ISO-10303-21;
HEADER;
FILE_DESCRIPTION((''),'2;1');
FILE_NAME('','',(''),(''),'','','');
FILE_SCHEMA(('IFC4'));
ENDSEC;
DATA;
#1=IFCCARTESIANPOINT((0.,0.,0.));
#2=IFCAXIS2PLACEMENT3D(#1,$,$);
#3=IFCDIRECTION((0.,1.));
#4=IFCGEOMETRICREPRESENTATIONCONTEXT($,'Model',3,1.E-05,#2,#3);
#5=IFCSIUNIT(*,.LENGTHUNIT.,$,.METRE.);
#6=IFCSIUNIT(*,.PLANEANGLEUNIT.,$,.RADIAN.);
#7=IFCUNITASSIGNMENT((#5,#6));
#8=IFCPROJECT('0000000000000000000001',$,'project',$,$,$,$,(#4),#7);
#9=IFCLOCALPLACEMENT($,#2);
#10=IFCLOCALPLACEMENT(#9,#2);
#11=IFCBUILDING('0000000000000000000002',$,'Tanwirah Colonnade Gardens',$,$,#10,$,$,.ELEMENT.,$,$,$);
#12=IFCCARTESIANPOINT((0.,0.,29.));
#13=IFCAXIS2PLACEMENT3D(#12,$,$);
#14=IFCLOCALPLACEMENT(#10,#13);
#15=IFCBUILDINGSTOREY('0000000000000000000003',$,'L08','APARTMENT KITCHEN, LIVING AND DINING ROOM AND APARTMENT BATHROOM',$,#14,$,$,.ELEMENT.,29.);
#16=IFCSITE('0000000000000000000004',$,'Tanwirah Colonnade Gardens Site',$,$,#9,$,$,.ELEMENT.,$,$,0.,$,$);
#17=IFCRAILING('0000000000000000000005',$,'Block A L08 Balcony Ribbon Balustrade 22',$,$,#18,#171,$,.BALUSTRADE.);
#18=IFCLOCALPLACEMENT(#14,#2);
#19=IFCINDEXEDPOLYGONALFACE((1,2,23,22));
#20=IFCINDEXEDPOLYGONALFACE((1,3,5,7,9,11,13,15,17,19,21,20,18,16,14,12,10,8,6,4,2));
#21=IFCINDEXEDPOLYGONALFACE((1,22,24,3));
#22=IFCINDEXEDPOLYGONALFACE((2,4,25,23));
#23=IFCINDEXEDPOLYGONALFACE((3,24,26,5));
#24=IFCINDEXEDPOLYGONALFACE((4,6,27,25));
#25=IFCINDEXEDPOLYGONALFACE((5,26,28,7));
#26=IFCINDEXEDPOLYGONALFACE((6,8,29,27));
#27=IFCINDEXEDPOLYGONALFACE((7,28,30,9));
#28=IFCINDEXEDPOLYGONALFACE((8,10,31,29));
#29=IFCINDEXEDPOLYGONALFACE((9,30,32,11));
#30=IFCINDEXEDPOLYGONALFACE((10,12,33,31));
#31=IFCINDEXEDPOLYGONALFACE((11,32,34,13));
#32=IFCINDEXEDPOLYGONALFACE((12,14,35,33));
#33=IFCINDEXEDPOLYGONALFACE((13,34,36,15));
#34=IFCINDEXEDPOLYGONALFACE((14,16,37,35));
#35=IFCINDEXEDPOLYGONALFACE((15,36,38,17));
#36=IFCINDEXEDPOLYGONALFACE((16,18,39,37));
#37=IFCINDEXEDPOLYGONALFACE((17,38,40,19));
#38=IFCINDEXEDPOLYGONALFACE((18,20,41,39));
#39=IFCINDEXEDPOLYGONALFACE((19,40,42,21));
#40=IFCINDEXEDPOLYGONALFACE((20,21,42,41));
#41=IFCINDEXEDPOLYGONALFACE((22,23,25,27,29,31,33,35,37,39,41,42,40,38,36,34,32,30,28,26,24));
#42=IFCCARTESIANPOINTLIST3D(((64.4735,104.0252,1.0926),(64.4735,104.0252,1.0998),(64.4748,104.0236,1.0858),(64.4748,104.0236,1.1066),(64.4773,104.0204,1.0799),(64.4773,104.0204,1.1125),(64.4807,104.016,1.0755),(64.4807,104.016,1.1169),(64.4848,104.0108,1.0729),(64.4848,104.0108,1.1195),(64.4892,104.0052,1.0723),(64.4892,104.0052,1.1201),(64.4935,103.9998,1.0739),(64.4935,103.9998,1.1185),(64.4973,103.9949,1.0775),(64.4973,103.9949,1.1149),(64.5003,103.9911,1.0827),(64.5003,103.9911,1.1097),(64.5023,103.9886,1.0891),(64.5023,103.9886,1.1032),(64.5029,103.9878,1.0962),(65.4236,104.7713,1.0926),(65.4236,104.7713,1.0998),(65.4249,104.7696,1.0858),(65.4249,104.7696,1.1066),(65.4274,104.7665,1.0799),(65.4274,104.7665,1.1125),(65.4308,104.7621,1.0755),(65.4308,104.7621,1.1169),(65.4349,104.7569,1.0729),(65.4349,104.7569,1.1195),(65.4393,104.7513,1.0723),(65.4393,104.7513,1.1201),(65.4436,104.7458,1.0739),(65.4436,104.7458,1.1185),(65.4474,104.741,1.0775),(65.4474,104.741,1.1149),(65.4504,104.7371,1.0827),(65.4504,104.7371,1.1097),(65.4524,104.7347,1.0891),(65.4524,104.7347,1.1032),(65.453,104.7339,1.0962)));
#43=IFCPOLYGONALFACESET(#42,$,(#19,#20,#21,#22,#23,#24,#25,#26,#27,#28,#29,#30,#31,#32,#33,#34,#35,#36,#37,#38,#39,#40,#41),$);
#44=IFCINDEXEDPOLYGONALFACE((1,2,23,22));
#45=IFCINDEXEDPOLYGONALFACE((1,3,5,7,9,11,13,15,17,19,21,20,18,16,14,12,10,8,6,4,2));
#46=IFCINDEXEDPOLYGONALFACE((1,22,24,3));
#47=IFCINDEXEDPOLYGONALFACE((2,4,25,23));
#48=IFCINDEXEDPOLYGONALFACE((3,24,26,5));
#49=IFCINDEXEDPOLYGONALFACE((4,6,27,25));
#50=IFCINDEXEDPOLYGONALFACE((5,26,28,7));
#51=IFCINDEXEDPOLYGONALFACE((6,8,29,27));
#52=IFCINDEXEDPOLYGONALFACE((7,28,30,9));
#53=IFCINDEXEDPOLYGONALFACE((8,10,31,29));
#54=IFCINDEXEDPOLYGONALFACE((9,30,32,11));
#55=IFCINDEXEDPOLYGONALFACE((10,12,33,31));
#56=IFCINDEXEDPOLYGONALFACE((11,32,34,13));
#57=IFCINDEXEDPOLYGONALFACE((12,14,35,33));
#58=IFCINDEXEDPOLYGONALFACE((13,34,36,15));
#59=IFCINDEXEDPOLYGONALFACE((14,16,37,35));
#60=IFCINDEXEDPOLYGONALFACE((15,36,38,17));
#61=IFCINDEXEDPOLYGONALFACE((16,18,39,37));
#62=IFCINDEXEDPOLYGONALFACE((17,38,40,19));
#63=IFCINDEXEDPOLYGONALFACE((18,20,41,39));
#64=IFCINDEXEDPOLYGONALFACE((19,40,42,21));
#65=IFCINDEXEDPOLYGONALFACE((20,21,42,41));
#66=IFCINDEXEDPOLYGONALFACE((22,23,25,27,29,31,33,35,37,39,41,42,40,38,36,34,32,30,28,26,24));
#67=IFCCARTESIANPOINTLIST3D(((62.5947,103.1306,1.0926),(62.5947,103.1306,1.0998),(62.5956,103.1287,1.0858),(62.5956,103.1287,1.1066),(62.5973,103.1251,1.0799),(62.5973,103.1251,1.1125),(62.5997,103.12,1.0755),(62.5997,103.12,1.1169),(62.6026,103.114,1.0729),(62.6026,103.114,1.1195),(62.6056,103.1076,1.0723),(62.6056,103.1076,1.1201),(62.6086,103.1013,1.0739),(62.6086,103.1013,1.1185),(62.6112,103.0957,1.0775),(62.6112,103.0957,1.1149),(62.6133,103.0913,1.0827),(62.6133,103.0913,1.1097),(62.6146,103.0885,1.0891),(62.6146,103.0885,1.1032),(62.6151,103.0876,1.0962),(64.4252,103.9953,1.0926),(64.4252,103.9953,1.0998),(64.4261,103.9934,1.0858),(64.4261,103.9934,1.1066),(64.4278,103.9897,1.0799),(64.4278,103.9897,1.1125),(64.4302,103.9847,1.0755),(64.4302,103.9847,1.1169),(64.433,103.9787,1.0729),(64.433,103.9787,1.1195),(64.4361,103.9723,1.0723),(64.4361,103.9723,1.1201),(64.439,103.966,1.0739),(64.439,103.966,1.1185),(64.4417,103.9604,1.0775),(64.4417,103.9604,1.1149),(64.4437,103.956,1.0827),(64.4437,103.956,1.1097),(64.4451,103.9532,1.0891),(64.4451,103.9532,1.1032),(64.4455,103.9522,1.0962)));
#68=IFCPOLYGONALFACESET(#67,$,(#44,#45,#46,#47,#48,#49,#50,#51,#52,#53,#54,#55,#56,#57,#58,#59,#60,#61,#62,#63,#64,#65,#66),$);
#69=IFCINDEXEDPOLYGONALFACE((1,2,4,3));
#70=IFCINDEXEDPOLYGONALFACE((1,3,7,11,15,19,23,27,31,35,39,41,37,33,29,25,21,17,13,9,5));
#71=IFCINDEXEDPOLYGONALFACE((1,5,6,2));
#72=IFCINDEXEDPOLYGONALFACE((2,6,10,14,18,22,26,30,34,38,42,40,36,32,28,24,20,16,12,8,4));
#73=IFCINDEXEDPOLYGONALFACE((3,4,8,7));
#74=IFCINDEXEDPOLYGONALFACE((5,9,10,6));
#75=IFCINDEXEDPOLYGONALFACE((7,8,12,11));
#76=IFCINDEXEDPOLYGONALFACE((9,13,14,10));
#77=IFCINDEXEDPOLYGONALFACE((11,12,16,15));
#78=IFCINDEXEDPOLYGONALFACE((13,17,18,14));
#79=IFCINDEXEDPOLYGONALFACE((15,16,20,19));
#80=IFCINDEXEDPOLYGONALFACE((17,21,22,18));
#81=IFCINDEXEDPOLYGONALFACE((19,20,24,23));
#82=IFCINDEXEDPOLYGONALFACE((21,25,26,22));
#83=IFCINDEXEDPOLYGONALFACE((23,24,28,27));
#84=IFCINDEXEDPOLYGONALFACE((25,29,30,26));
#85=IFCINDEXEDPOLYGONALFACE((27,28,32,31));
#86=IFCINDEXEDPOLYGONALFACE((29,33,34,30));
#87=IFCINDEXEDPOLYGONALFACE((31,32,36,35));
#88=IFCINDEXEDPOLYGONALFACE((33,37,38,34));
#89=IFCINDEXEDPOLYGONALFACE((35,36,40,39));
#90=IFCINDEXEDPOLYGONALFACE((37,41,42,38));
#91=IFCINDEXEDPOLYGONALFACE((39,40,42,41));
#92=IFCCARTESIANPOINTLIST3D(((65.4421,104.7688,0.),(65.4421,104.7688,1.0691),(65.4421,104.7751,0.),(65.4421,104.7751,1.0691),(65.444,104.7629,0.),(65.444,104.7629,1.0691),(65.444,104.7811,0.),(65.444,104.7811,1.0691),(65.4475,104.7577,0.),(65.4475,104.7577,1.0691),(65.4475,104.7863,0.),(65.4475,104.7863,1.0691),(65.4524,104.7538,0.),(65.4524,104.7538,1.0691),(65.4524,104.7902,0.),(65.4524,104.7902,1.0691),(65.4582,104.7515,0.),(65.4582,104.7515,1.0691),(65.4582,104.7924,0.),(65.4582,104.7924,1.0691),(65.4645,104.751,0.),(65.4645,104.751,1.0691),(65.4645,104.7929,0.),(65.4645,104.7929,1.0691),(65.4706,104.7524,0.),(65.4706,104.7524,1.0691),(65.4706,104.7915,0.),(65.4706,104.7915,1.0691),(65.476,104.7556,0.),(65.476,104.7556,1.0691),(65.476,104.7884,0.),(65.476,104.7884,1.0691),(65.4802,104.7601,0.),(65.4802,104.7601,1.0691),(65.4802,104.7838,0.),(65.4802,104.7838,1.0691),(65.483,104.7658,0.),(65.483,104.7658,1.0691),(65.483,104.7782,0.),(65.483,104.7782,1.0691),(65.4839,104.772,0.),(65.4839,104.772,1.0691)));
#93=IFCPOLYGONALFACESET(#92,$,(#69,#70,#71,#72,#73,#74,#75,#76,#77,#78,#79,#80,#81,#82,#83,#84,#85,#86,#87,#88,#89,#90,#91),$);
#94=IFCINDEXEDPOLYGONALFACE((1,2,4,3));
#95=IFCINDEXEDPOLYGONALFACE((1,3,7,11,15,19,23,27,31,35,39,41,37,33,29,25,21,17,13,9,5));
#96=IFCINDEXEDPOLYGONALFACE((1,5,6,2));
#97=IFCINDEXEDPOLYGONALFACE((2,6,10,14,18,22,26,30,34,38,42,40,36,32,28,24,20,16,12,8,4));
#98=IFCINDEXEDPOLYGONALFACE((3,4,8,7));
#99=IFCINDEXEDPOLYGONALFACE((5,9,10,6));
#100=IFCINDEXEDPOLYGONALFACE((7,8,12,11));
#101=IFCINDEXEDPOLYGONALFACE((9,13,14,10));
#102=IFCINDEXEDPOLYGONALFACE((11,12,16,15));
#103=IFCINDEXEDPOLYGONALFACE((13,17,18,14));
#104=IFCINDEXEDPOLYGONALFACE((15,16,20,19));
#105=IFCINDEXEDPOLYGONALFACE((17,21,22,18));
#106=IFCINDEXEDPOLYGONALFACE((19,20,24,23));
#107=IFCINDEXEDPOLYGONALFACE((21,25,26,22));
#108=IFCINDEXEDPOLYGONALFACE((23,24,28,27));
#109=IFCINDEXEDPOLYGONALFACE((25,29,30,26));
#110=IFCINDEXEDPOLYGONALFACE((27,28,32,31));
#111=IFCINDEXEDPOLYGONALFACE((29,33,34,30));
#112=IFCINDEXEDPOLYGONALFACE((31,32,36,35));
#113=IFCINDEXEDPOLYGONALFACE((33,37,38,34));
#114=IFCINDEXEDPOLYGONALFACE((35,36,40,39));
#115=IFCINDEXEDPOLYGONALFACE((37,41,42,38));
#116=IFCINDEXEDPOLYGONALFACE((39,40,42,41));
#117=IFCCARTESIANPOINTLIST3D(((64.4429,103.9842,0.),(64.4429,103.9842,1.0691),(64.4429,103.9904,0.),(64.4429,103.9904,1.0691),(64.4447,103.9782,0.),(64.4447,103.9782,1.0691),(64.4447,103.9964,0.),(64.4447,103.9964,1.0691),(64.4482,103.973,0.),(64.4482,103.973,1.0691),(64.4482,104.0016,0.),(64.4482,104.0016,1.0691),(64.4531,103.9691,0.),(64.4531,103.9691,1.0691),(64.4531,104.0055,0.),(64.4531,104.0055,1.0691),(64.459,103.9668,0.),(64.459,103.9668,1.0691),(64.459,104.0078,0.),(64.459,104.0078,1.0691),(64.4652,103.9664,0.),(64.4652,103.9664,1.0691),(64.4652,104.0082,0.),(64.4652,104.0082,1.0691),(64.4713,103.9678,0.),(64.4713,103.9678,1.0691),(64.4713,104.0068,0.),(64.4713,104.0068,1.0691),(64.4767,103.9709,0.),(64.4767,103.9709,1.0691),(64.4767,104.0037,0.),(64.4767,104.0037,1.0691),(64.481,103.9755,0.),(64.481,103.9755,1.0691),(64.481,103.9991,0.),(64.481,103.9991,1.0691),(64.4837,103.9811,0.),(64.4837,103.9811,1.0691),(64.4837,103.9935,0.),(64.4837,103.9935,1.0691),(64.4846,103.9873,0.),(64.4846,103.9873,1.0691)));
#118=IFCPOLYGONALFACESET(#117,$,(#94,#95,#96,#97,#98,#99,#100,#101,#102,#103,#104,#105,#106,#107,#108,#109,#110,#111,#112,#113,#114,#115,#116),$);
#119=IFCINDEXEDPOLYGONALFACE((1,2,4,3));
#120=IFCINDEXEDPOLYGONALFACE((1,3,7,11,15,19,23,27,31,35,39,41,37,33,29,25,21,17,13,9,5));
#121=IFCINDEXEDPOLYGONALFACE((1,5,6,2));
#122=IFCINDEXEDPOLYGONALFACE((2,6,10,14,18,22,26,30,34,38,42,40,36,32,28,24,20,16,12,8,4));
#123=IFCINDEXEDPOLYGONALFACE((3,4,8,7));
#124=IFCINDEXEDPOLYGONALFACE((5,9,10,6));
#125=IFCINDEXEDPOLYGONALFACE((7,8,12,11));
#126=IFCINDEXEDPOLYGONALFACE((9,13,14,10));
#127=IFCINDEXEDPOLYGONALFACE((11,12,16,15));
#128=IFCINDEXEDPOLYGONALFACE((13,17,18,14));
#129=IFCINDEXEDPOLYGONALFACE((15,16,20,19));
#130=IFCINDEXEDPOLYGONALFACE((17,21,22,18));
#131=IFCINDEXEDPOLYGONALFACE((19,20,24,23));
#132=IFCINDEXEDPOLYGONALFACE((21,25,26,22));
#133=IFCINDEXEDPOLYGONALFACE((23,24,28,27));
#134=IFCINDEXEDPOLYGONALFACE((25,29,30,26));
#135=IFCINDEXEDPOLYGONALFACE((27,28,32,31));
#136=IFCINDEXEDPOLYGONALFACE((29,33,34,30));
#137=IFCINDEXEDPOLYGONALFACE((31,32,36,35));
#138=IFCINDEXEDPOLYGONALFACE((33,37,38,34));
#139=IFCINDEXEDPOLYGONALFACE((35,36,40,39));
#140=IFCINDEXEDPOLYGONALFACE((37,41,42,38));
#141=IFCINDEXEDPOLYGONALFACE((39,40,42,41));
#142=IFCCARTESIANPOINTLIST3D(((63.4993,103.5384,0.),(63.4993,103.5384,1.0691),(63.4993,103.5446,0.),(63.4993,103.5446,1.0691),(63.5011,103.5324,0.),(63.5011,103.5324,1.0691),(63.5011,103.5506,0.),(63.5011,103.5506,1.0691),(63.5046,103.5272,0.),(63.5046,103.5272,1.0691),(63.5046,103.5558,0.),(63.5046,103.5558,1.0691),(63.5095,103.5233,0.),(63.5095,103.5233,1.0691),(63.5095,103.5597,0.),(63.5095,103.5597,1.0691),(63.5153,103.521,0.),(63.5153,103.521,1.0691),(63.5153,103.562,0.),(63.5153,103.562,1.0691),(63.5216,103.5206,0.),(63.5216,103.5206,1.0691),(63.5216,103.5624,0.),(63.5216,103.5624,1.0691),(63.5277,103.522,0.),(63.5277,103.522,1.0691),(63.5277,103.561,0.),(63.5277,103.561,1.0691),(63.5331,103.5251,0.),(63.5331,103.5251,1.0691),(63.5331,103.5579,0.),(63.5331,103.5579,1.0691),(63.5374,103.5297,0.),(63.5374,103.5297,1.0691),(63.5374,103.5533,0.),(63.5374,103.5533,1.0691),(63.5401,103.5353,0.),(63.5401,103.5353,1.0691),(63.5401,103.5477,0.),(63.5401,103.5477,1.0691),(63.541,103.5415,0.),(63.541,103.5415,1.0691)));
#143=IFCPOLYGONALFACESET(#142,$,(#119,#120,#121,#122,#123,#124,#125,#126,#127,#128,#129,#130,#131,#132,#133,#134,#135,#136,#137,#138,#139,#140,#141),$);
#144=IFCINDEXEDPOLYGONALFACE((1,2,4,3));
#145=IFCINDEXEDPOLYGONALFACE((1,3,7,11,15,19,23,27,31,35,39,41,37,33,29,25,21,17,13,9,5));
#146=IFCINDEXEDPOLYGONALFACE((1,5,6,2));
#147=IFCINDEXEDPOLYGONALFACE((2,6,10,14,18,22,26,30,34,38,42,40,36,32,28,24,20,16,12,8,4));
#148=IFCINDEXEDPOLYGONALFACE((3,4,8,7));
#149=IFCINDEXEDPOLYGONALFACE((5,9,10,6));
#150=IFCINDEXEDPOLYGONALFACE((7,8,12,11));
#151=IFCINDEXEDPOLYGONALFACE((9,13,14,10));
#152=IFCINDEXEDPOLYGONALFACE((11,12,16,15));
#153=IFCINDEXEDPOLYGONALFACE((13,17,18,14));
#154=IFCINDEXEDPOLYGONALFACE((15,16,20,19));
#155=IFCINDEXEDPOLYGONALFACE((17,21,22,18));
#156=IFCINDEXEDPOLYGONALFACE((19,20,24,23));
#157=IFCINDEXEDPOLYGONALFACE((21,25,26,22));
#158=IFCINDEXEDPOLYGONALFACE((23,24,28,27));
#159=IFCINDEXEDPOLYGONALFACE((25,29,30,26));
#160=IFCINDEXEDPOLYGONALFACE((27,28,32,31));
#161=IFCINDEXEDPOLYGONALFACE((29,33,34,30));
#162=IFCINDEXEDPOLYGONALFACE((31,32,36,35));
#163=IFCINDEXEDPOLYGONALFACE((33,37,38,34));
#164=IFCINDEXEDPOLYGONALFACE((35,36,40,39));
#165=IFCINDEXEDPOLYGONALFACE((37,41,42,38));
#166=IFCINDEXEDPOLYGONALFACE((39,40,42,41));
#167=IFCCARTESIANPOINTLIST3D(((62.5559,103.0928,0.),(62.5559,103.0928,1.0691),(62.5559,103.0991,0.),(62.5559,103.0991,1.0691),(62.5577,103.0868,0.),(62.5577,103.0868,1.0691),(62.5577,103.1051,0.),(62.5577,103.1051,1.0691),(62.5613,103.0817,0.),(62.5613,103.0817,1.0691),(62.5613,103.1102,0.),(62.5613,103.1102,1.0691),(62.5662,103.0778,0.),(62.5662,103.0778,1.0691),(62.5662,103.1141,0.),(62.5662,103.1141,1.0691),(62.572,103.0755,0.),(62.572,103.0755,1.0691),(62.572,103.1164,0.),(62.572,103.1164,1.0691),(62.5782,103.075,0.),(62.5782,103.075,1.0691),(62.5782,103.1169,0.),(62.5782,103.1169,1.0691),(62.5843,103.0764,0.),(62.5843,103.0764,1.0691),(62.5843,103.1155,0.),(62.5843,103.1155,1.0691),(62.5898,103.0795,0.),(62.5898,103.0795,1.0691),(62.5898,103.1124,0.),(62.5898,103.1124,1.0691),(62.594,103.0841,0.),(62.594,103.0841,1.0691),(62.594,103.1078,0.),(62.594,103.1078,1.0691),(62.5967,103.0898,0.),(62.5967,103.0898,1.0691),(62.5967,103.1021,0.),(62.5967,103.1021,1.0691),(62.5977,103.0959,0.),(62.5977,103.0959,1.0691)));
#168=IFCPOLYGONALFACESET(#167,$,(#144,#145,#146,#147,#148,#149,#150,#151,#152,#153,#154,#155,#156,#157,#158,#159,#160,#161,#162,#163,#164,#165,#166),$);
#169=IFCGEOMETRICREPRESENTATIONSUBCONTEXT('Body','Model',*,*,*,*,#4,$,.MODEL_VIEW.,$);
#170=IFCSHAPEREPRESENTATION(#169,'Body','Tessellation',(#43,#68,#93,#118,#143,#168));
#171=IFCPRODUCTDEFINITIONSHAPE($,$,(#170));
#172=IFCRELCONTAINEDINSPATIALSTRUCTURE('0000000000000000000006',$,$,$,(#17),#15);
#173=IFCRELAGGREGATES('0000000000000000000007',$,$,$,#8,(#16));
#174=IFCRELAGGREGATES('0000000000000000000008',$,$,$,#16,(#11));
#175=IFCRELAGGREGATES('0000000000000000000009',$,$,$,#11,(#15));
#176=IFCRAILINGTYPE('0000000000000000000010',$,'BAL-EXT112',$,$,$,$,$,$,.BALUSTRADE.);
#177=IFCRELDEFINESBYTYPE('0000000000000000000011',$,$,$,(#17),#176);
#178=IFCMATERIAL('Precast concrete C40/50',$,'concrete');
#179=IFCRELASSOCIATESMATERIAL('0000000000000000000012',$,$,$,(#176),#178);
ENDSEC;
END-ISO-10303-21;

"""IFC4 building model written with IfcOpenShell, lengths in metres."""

from ifc_helpers import new_model, si_unit, direction, frame, origin, origin_2d, place, context, subcontext, project, spatial, circle, extrude, material, type_object, element, save


model = new_model("IFC4")

# Units and contexts
model_context = context("Model", 3, precision=1e-05, world=origin(), true_north=direction((0.0, 1.0)))
body_context = subcontext(model_context, "Body", "Model", "MODEL_VIEW")
ifc_project = project(units=[si_unit("LENGTHUNIT", "METRE"), si_unit("PLANEANGLEUNIT", "RADIAN")], contexts=[model_context])

# Site, building, storey
site_placement = place(None, origin())
site = spatial("IfcSite", under=ifc_project, at=site_placement, Name="Tanwirah Colonnade Gardens Site", CompositionType="ELEMENT", RefElevation=0.0)
building_placement = place(site_placement, origin())
building = spatial("IfcBuilding", under=site, at=building_placement, Name="Tanwirah Colonnade Gardens", CompositionType="ELEMENT")
storey_placement = place(building_placement, frame((0.0, 0.0, 29.0)))
storey = spatial("IfcBuildingStorey", under=building, at=storey_placement, Name="L08", Description="APARTMENT KITCHEN, LIVING AND DINING ROOM AND APARTMENT BATHROOM", CompositionType="ELEMENT", Elevation=29.0)

# Shared definitions
ifc_material_1 = material(Name="Precast concrete C40/50", Category="concrete")

# Railing
railing_type = type_object("IfcRailingType", Name="BAL-EXT112", PredefinedType="BALUSTRADE", material=ifc_material_1)
railing_1_placement = place(storey_placement, frame((65.4629, 104.772, 0.0)))
element("IfcRailing", 1, at=railing_1_placement, inside=storey, type_object=railing_type, Name="Block A L08 Balcony Ribbon Balustrade 22", PredefinedType="BALUSTRADE", context=body_context, shape_type="SweptSolid", body=[
    extrude(circle(Radius=0.0239, at=origin_2d()), frame((-0.0247, -0.0193, 1.0962), z_axis=(-0.786498, -0.617592, 0.0), x_axis=(0.617592, -0.786498, 0.0)), (0.0, 0.0, 1.0), 1.208),
    extrude(circle(Radius=0.0239, at=origin_2d()), frame((-1.0276, -0.7981, 1.0962), z_axis=(-0.904195, -0.427121, 0.0), x_axis=(0.427121, -0.904195, 0.0)), (0.0, 0.0, 1.0), 2.0244),
    extrude(circle(Radius=0.021, at=origin_2d()), origin(), (0.0, 0.0, 1.0), 1.0691),
    extrude(circle(Radius=0.021, at=origin_2d()), frame((-0.9993, -0.7847, 0.0)), (0.0, 0.0, 1.0), 1.0691),
    extrude(circle(Radius=0.021, at=origin_2d()), frame((-1.9429, -1.2305, 0.0)), (0.0, 0.0, 1.0), 1.0691),
    extrude(circle(Radius=0.021, at=origin_2d()), frame((-2.8862, -1.676, 0.0)), (0.0, 0.0, 1.0), 1.0691),
])

save(model, "model.ifc")
